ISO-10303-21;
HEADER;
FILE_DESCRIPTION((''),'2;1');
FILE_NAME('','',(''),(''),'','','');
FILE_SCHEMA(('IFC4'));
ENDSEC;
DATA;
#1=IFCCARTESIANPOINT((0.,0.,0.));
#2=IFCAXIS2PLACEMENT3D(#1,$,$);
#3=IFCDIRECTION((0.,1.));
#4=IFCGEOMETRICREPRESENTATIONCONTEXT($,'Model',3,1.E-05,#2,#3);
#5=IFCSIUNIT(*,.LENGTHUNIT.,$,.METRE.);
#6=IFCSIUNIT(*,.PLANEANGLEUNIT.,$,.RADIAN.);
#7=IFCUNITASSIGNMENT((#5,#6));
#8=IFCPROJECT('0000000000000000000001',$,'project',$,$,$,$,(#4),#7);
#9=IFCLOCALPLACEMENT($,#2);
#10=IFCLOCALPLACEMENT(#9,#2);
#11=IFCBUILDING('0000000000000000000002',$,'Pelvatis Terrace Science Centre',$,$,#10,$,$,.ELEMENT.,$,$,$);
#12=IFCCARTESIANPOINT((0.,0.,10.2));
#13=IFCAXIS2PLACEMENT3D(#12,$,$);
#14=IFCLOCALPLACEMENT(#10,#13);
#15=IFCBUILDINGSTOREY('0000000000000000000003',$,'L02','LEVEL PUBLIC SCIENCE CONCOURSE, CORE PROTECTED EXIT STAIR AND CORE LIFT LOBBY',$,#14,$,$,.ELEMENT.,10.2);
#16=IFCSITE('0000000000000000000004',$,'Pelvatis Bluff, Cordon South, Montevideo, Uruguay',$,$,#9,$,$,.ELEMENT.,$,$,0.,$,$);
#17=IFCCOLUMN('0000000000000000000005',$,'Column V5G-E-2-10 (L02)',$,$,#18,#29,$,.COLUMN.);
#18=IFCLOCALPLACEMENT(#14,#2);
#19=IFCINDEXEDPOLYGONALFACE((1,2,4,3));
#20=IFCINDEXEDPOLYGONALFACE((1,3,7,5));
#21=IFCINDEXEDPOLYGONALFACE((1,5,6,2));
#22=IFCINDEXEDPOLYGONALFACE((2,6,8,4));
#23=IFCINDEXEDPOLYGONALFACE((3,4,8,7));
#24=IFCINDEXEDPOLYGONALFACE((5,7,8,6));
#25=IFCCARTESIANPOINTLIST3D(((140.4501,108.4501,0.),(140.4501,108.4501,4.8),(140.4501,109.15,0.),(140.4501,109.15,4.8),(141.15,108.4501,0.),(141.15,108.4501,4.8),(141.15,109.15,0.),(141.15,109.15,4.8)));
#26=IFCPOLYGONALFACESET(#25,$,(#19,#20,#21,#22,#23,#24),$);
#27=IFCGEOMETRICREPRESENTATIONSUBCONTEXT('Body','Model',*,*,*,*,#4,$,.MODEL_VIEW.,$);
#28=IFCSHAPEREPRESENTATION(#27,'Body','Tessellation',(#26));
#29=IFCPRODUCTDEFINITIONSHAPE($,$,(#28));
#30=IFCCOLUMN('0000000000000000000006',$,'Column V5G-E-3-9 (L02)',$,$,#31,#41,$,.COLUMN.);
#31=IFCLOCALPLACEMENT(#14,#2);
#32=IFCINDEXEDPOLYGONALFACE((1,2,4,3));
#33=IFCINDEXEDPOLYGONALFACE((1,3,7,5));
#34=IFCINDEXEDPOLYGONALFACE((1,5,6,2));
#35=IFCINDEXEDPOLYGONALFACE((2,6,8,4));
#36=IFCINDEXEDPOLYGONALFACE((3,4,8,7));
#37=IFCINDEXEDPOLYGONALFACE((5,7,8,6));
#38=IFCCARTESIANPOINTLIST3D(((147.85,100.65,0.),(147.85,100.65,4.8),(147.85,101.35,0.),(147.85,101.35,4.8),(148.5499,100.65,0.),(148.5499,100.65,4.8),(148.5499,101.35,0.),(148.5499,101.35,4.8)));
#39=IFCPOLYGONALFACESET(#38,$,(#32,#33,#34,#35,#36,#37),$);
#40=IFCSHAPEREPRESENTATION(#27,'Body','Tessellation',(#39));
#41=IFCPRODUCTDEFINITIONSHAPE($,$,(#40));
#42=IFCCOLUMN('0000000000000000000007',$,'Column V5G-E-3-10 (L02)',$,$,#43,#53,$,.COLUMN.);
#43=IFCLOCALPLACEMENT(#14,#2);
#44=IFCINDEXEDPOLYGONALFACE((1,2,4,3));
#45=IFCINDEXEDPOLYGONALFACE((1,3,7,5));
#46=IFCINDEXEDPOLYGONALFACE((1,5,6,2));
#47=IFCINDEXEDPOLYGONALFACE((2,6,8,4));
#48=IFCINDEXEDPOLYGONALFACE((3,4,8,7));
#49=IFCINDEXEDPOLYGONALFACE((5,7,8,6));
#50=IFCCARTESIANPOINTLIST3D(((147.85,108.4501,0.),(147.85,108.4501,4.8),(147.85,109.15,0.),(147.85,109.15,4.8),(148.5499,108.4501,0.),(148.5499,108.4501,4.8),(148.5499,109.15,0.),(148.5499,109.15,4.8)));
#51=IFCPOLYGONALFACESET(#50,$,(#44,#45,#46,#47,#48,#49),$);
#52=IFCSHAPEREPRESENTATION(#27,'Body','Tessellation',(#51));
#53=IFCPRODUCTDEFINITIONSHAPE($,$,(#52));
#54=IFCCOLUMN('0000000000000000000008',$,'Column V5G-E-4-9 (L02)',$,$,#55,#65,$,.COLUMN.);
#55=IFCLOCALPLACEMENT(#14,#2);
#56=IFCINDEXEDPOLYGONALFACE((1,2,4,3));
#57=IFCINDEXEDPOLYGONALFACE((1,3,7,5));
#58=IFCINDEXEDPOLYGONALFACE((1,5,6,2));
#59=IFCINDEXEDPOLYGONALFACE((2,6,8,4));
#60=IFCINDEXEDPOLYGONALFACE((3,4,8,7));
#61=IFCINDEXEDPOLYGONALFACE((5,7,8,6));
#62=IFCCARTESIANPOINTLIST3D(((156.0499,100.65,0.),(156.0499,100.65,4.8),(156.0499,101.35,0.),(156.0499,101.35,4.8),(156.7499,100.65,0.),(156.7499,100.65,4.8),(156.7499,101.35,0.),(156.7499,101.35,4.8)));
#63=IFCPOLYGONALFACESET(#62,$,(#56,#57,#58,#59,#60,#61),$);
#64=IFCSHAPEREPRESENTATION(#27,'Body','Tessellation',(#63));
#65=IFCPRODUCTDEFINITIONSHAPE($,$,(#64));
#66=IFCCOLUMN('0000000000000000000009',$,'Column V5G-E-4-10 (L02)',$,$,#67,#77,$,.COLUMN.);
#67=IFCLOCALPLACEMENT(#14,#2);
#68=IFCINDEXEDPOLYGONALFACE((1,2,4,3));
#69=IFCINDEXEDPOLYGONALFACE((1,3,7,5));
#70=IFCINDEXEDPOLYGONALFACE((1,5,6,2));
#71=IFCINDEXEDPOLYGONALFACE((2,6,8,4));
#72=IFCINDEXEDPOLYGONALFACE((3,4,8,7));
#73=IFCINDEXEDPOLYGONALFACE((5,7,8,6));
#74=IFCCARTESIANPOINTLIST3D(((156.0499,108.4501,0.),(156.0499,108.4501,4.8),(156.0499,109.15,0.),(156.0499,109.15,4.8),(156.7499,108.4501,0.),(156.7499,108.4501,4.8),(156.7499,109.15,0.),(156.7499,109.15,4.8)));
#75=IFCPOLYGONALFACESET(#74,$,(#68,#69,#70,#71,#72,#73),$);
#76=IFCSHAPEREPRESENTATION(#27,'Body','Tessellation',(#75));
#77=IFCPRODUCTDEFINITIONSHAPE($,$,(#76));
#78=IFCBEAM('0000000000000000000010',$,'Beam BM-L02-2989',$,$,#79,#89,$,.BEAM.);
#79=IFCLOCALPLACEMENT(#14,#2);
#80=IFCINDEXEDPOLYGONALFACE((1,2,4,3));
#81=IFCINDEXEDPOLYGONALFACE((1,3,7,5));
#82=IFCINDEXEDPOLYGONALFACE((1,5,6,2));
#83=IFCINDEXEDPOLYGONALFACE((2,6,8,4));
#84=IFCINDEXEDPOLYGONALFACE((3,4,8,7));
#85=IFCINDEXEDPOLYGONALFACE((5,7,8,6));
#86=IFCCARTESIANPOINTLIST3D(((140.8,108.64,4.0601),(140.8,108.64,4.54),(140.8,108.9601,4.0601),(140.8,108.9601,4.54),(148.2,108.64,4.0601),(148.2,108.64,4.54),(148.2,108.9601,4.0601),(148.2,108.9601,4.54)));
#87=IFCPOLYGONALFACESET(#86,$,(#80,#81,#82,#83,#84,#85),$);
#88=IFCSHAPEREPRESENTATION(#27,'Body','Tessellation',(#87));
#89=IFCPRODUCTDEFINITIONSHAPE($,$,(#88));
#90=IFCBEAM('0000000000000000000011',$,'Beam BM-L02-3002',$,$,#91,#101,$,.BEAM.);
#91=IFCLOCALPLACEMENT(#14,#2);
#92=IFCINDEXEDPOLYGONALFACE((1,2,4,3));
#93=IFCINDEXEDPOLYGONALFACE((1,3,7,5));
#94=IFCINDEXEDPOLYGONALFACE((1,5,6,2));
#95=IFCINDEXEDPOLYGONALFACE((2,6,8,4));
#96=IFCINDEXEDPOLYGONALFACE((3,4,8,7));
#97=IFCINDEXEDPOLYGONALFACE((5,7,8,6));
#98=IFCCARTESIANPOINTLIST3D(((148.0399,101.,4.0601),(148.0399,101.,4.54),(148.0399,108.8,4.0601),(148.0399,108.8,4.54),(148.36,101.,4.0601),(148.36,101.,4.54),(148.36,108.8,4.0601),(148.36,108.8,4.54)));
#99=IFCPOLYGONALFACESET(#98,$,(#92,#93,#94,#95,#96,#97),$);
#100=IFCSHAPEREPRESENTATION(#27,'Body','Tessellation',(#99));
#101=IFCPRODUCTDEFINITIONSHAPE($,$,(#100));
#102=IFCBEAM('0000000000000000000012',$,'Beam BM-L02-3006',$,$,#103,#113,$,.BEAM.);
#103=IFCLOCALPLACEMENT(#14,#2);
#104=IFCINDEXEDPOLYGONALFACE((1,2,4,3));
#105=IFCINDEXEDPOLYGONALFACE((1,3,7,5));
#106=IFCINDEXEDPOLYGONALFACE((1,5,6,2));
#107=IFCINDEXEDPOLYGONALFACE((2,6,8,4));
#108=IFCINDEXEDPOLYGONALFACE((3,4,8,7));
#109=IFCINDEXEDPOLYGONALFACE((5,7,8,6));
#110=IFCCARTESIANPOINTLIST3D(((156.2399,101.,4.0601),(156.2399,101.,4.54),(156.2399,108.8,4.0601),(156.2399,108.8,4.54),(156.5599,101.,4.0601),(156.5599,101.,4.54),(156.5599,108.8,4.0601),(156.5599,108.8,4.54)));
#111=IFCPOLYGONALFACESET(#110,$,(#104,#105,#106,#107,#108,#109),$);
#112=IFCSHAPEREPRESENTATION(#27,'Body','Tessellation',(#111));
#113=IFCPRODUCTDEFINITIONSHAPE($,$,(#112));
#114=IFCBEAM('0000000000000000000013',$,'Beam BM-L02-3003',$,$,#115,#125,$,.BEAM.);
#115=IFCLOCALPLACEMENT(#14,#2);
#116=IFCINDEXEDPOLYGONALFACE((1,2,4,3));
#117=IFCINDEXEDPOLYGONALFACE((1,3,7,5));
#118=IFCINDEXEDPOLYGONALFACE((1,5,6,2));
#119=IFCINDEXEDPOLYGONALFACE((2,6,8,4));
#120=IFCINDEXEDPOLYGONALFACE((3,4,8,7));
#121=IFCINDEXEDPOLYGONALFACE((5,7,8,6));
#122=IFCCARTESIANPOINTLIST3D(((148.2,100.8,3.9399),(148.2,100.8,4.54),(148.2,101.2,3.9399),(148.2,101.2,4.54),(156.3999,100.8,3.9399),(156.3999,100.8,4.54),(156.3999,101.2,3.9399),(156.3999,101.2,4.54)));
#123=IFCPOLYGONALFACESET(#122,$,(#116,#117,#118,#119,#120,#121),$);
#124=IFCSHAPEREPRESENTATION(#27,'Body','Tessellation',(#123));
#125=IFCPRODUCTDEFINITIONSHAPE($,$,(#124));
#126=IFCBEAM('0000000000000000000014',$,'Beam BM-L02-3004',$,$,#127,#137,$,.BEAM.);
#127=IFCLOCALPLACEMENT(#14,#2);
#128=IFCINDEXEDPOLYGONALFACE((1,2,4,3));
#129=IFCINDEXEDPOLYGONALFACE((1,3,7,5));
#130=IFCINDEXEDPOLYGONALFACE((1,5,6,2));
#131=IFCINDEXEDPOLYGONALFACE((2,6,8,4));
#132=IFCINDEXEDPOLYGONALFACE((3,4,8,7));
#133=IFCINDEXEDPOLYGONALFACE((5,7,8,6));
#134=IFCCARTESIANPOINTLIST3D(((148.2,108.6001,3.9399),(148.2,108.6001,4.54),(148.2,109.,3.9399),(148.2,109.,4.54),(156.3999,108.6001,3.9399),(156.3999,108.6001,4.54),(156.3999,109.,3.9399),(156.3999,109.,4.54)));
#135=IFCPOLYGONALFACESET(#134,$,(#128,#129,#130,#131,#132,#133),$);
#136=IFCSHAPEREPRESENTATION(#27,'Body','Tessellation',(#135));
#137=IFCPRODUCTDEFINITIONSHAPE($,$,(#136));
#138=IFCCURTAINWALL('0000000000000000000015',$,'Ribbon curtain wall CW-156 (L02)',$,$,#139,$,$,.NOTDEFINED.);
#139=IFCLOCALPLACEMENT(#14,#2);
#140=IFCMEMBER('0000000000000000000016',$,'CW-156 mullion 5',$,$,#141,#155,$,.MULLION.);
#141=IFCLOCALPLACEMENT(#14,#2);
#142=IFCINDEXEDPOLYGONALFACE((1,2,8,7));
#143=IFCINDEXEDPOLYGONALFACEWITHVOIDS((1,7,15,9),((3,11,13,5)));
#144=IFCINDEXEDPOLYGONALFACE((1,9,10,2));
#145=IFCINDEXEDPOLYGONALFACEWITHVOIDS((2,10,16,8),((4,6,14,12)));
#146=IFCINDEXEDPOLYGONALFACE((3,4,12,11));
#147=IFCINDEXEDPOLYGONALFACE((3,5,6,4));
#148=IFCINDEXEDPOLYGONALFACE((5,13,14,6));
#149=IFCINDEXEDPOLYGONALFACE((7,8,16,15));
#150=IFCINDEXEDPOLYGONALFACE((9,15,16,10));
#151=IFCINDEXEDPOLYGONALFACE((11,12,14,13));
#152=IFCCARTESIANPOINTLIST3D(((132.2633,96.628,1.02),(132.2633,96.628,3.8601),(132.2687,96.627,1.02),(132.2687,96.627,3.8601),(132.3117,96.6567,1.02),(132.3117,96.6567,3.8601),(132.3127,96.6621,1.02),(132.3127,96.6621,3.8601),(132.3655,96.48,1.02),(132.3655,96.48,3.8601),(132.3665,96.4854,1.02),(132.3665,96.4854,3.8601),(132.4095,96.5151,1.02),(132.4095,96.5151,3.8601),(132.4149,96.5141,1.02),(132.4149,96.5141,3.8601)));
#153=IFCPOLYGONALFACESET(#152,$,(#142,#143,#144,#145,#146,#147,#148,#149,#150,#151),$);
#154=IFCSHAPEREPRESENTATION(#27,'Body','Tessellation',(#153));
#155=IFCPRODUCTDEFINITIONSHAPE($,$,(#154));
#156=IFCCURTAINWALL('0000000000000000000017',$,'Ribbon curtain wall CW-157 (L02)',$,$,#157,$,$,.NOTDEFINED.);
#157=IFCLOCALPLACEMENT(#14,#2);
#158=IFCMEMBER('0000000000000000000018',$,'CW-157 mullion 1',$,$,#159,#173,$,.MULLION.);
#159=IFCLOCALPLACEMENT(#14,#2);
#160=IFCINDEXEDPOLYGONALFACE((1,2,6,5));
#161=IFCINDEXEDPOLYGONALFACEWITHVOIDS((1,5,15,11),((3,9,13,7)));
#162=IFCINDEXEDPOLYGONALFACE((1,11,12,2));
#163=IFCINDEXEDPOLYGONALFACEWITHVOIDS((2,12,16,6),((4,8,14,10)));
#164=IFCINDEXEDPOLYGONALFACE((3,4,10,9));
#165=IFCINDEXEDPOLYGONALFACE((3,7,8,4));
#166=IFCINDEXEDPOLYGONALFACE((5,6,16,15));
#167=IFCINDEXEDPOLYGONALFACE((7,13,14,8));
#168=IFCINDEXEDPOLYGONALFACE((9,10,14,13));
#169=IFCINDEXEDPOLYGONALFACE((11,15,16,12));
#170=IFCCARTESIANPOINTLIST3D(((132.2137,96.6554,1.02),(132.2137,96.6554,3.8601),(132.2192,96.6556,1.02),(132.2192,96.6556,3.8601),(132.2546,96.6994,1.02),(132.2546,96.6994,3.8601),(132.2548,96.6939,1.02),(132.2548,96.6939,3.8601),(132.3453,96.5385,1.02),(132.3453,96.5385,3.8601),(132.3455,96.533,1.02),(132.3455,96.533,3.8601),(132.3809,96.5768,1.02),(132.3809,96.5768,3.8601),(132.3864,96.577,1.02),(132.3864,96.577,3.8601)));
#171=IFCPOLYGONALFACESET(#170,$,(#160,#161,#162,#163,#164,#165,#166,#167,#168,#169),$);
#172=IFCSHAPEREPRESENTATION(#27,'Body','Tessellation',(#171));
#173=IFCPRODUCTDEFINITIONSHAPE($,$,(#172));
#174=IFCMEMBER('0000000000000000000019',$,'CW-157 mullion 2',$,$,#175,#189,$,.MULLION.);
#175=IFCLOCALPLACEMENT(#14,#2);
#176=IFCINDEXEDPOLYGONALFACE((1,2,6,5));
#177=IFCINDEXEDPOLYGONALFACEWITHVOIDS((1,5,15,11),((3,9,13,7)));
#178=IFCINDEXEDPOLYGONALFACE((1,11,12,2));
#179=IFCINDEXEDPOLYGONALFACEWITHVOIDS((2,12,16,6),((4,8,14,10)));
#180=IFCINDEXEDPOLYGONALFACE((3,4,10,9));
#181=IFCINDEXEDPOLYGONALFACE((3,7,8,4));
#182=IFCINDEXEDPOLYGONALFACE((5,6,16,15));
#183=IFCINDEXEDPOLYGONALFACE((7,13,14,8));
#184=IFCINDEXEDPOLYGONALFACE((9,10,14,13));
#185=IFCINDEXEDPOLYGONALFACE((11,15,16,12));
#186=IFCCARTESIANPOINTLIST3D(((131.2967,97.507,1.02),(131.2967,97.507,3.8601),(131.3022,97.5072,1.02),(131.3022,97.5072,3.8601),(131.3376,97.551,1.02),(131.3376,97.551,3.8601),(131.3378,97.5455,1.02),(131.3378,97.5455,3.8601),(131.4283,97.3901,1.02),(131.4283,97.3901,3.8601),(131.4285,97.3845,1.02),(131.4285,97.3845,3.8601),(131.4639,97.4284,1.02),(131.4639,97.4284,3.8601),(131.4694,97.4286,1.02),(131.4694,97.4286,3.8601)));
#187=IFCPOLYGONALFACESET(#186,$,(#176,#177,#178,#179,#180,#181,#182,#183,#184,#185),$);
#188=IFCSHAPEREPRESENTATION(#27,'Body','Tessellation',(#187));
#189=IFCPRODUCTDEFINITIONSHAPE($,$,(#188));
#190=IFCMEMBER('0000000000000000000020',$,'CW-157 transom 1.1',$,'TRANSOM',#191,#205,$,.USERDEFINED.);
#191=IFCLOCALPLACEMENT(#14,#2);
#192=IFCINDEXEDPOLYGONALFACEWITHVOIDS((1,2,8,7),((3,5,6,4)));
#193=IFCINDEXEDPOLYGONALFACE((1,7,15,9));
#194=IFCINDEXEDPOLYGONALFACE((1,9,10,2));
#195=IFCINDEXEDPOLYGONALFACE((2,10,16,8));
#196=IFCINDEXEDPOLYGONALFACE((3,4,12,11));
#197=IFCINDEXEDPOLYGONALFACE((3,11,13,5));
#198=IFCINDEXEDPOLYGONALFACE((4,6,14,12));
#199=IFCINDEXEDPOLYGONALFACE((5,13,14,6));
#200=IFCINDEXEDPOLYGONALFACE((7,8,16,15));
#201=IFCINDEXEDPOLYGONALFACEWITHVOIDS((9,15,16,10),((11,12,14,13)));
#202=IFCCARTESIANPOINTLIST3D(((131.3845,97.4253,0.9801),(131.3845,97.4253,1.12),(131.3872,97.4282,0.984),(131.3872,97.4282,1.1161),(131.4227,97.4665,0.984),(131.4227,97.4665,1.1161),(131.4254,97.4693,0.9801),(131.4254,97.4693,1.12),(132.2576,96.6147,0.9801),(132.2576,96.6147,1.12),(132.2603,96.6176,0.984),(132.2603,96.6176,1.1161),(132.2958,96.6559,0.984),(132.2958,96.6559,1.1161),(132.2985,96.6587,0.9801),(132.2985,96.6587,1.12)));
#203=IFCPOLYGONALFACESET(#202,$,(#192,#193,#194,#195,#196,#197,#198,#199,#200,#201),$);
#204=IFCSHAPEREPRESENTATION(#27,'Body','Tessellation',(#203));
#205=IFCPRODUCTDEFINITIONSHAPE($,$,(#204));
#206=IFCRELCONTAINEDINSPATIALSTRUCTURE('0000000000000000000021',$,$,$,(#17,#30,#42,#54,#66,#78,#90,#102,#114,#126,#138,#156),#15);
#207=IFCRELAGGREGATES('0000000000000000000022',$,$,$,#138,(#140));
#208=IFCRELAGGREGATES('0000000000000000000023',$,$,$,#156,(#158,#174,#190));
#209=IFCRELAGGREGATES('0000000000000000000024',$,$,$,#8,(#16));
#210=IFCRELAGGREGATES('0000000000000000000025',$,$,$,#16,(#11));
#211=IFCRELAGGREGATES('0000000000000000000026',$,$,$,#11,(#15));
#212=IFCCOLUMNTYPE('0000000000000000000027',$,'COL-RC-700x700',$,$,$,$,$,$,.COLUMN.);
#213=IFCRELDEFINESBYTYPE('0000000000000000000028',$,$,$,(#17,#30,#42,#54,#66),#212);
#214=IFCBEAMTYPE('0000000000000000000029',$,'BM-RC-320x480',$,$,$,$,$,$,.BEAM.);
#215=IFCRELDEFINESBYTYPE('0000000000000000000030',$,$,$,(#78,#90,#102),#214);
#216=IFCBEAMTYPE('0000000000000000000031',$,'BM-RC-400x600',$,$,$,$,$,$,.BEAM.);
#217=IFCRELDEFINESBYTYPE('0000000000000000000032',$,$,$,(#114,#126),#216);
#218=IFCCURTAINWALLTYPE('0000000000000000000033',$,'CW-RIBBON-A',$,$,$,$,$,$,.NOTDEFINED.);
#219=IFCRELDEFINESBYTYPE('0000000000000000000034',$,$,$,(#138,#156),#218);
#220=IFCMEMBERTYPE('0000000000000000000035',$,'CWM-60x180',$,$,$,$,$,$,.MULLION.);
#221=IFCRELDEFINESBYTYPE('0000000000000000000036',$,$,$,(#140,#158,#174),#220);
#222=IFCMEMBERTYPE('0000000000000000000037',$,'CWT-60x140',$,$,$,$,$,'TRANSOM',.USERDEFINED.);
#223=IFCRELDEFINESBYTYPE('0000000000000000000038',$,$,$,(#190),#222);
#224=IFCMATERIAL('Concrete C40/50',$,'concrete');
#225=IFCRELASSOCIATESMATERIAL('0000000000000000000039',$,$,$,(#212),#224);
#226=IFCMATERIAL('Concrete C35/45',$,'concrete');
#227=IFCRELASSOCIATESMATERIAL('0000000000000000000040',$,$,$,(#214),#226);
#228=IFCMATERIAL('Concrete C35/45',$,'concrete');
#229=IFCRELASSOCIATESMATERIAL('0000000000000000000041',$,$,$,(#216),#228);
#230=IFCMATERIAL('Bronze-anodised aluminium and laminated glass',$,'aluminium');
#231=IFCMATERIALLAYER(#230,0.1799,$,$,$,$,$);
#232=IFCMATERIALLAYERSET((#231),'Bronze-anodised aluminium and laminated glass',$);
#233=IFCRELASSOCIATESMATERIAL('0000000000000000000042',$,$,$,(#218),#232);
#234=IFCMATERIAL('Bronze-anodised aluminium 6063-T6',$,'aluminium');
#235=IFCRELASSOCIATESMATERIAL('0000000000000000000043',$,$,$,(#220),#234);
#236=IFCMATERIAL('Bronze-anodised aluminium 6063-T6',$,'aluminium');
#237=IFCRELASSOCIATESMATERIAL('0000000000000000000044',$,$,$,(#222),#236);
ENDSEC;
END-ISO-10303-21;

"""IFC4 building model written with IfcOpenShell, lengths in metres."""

from ifc_helpers import new_model, si_unit, direction, frame, origin, origin_2d, place, context, subcontext, project, spatial, rectangle, hollow_rectangle, extrude, material, layer, layer_set, material_profile, profile_set, type_object, element, aggregate, save


model = new_model("IFC4")

# Units and contexts
model_context = context("Model", 3, precision=1e-05, world=origin(), true_north=direction((0.0, 1.0)))
body_context = subcontext(model_context, "Body", "Model", "MODEL_VIEW")
ifc_project = project(units=[si_unit("LENGTHUNIT", "METRE"), si_unit("PLANEANGLEUNIT", "RADIAN")], contexts=[model_context])

# Site, building, storey
site_placement = place(None, origin())
site = spatial("IfcSite", under=ifc_project, at=site_placement, Name="Pelvatis Bluff, Cordon South, Montevideo, Uruguay", CompositionType="ELEMENT", RefElevation=0.0)
building_placement = place(site_placement, origin())
building = spatial("IfcBuilding", under=site, at=building_placement, Name="Pelvatis Terrace Science Centre", CompositionType="ELEMENT")
storey_placement = place(building_placement, frame((0.0, 0.0, 10.2)))
storey = spatial("IfcBuildingStorey", under=building, at=storey_placement, Name="L02", Description="LEVEL PUBLIC SCIENCE CONCOURSE, CORE PROTECTED EXIT STAIR AND CORE LIFT LOBBY", CompositionType="ELEMENT", Elevation=10.2)

# Columns
ifc_material_1 = material(Name="Concrete C40/50", Category="concrete")
ifc_material_profile_1 = material_profile(ifc_material_1, rectangle(XDim=0.7, YDim=0.7, at=origin_2d()), Name="RC-COL 700x700")
ifc_profile_set_1 = profile_set([ifc_material_profile_1], Name="Concrete C40/50")
column_type = type_object("IfcColumnType", Name="COL-RC-700x700", PredefinedType="COLUMN", material=ifc_profile_set_1)
for number, where, z_axis, x_axis, name in (
    (1, (140.8, 108.8, 0.0), (0.0, 0.0, 1.0), (1.0, 0.0, 0.0), "Column V5G-E-2-10 (L02)"),
    (2, (148.2, 101.0, 0.0), (0.0, 0.0, 1.0), (1.0, 0.0, 0.0), "Column V5G-E-3-9 (L02)"),
    (3, (148.2, 108.8, 0.0), (0.0, 0.0, 1.0), (1.0, 0.0, 0.0), "Column V5G-E-3-10 (L02)"),
    (4, (156.3999, 101.0, 0.0), (0.0, 0.0, 1.0), (1.0, 0.0, 0.0), "Column V5G-E-4-9 (L02)"),
    (5, (156.3999, 108.8, 0.0), (0.0, 0.0, 1.0), (1.0, 0.0, 0.0), "Column V5G-E-4-10 (L02)"),
):
    element("IfcColumn", number, at=place(storey_placement, frame(where, z_axis=z_axis, x_axis=x_axis)), inside=storey, type_object=column_type, Name=name, PredefinedType="COLUMN", context=body_context, shape_type="SweptSolid", body=[
        extrude(rectangle(XDim=0.7, YDim=0.7, at=origin_2d()), origin(), (0.0, 0.0, 1.0), 4.8),
    ])

# Beams
ifc_material_2 = material(Name="Concrete C35/45", Category="concrete")
ifc_material_profile_2 = material_profile(ifc_material_2, rectangle(XDim=0.3201, YDim=0.48, at=origin_2d()), Name="RC-BM 320x480")
ifc_profile_set_2 = profile_set([ifc_material_profile_2], Name="Concrete C35/45")
beam_type_1 = type_object("IfcBeamType", Name="BM-RC-320x480", PredefinedType="BEAM", material=ifc_profile_set_2)
beam_placement = place(storey_placement, frame((140.8, 108.8, 4.3), z_axis=(1.0, 0.0, 0.0), x_axis=(0.0, 1.0, 0.0)))
element("IfcBeam", 6, at=beam_placement, inside=storey, type_object=beam_type_1, Name="Beam BM-L02-2989", PredefinedType="BEAM", context=body_context, shape_type="SweptSolid", body=[
    extrude(rectangle(XDim=0.3201, YDim=0.48, at=origin_2d()), origin(), (0.0, 0.0, 1.0), 7.3999),
])
for number, where, z_axis, x_axis, name in (
    (7, (148.2, 101.0, 4.3), (0.0, 1.0, 0.0), (-1.0, 0.0, 0.0), "Beam BM-L02-3002"),
    (8, (156.3999, 101.0, 4.3), (0.0, 1.0, 0.0), (-1.0, 0.0, 0.0), "Beam BM-L02-3006"),
):
    element("IfcBeam", number, at=place(storey_placement, frame(where, z_axis=z_axis, x_axis=x_axis)), inside=storey, type_object=beam_type_1, Name=name, PredefinedType="BEAM", context=body_context, shape_type="SweptSolid", body=[
        extrude(rectangle(XDim=0.3201, YDim=0.48, at=origin_2d()), origin(), (0.0, 0.0, 1.0), 7.8),
    ])
ifc_material_3 = material(Name="Concrete C35/45", Category="concrete")
ifc_material_profile_3 = material_profile(ifc_material_3, rectangle(XDim=0.3999, YDim=0.6001, at=origin_2d()), Name="RC-BM 400x600")
ifc_profile_set_3 = profile_set([ifc_material_profile_3], Name="Concrete C35/45")
beam_type_2 = type_object("IfcBeamType", Name="BM-RC-400x600", PredefinedType="BEAM", material=ifc_profile_set_3)
for number, where, z_axis, x_axis, name in (
    (9, (148.2, 101.0, 4.24), (1.0, 0.0, 0.0), (0.0, 1.0, 0.0), "Beam BM-L02-3003"),
    (10, (148.2, 108.8, 4.24), (1.0, 0.0, 0.0), (0.0, 1.0, 0.0), "Beam BM-L02-3004"),
):
    element("IfcBeam", number, at=place(storey_placement, frame(where, z_axis=z_axis, x_axis=x_axis)), inside=storey, type_object=beam_type_2, Name=name, PredefinedType="BEAM", context=body_context, shape_type="SweptSolid", body=[
        extrude(rectangle(XDim=0.3999, YDim=0.6001, at=origin_2d()), origin(), (0.0, 0.0, 1.0), 8.2),
    ])

# Curtain wall, member
ifc_material_4 = material(Name="Bronze-anodised aluminium and laminated glass", Category="aluminium")
ifc_layer_1 = layer(ifc_material_4, 0.1799)
ifc_layer_set_1 = layer_set([ifc_layer_1], Name="Bronze-anodised aluminium and laminated glass")
curtain_wall_type = type_object("IfcCurtainWallType", Name="CW-RIBBON-A", PredefinedType="NOTDEFINED", material=ifc_layer_set_1)
curtain_wall_1_placement = place(storey_placement, origin())
curtain_wall_1 = element("IfcCurtainWall", 11, at=curtain_wall_1_placement, inside=storey, type_object=curtain_wall_type, Name="Ribbon curtain wall CW-156 (L02)", PredefinedType="NOTDEFINED")
ifc_material_5 = material(Name="Bronze-anodised aluminium 6063-T6", Category="aluminium")
ifc_material_profile_4 = material_profile(ifc_material_5, hollow_rectangle(XDim=0.0601, YDim=0.1799, WallThickness=0.0039, at=origin_2d()), Name="ALU-MUL 60x180")
ifc_profile_set_4 = profile_set([ifc_material_profile_4], Name="Bronze-anodised aluminium 6063-T6")
member_type_1 = type_object("IfcMemberType", Name="CWM-60x180", PredefinedType="MULLION", material=ifc_profile_set_4)
member_1_placement = place(storey_placement, frame((132.3391, 96.571, 1.02), z_axis=(0.0, 0.0, 1.0), x_axis=(-0.822888, -0.568203, 0.0)))
member_1 = element("IfcMember", 12, at=member_1_placement, type_object=member_type_1, Name="CW-156 mullion 5", PredefinedType="MULLION", context=body_context, shape_type="SweptSolid", body=[
    extrude(hollow_rectangle(XDim=0.0601, YDim=0.1799, WallThickness=0.0039, at=origin_2d()), origin(), (0.0, 0.0, 1.0), 2.8401),
])
aggregate(curtain_wall_1, [member_1])

# Curtain wall, members
curtain_wall_2_placement = place(storey_placement, origin())
curtain_wall_2 = element("IfcCurtainWall", 13, at=curtain_wall_2_placement, inside=storey, type_object=curtain_wall_type, Name="Ribbon curtain wall CW-157 (L02)", PredefinedType="NOTDEFINED")
member_2_placement = place(storey_placement, frame((132.3, 96.6162, 1.02), z_axis=(0.0, 0.0, 1.0), x_axis=(-0.68047, -0.732776, 0.0)))
member_2 = element("IfcMember", 14, at=member_2_placement, type_object=member_type_1, Name="CW-157 mullion 1", PredefinedType="MULLION", context=body_context, shape_type="SweptSolid", body=[
    extrude(hollow_rectangle(XDim=0.0601, YDim=0.1799, WallThickness=0.0039, at=origin_2d()), origin(), (0.0, 0.0, 1.0), 2.8401),
])
member_3_placement = place(storey_placement, frame((131.3831, 97.4678, 1.02), z_axis=(0.0, 0.0, 1.0), x_axis=(-0.68047, -0.732776, 0.0)))
member_3 = element("IfcMember", 15, at=member_3_placement, type_object=member_type_1, Name="CW-157 mullion 2", PredefinedType="MULLION", context=body_context, shape_type="SweptSolid", body=[
    extrude(hollow_rectangle(XDim=0.0601, YDim=0.1799, WallThickness=0.0039, at=origin_2d()), origin(), (0.0, 0.0, 1.0), 2.8401),
])
ifc_material_6 = material(Name="Bronze-anodised aluminium 6063-T6", Category="aluminium")
ifc_material_profile_5 = material_profile(ifc_material_6, hollow_rectangle(XDim=0.0601, YDim=0.1399, WallThickness=0.0039, at=origin_2d()), Name="ALU-TRN 60x140")
ifc_profile_set_5 = profile_set([ifc_material_profile_5], Name="Bronze-anodised aluminium 6063-T6")
member_type_2 = type_object("IfcMemberType", Name="CWT-60x140", ElementType="TRANSOM", PredefinedType="USERDEFINED", material=ifc_profile_set_5)
member_4_placement = place(storey_placement, frame((132.2781, 96.6367, 1.05), z_axis=(-0.732852, 0.680388, 0.0), x_axis=(-0.680388, -0.732852, 0.0)))
member_4 = element("IfcMember", 16, at=member_4_placement, type_object=member_type_2, Name="CW-157 transom 1.1", ObjectType="TRANSOM", PredefinedType="USERDEFINED", context=body_context, shape_type="SweptSolid", body=[
    extrude(hollow_rectangle(XDim=0.0601, YDim=0.1399, WallThickness=0.0039, at=origin_2d()), origin(), (0.0, 0.0, 1.0), 1.1914),
])

aggregate(curtain_wall_2, [member_2, member_3, member_4])

save(model, "model.ifc")
